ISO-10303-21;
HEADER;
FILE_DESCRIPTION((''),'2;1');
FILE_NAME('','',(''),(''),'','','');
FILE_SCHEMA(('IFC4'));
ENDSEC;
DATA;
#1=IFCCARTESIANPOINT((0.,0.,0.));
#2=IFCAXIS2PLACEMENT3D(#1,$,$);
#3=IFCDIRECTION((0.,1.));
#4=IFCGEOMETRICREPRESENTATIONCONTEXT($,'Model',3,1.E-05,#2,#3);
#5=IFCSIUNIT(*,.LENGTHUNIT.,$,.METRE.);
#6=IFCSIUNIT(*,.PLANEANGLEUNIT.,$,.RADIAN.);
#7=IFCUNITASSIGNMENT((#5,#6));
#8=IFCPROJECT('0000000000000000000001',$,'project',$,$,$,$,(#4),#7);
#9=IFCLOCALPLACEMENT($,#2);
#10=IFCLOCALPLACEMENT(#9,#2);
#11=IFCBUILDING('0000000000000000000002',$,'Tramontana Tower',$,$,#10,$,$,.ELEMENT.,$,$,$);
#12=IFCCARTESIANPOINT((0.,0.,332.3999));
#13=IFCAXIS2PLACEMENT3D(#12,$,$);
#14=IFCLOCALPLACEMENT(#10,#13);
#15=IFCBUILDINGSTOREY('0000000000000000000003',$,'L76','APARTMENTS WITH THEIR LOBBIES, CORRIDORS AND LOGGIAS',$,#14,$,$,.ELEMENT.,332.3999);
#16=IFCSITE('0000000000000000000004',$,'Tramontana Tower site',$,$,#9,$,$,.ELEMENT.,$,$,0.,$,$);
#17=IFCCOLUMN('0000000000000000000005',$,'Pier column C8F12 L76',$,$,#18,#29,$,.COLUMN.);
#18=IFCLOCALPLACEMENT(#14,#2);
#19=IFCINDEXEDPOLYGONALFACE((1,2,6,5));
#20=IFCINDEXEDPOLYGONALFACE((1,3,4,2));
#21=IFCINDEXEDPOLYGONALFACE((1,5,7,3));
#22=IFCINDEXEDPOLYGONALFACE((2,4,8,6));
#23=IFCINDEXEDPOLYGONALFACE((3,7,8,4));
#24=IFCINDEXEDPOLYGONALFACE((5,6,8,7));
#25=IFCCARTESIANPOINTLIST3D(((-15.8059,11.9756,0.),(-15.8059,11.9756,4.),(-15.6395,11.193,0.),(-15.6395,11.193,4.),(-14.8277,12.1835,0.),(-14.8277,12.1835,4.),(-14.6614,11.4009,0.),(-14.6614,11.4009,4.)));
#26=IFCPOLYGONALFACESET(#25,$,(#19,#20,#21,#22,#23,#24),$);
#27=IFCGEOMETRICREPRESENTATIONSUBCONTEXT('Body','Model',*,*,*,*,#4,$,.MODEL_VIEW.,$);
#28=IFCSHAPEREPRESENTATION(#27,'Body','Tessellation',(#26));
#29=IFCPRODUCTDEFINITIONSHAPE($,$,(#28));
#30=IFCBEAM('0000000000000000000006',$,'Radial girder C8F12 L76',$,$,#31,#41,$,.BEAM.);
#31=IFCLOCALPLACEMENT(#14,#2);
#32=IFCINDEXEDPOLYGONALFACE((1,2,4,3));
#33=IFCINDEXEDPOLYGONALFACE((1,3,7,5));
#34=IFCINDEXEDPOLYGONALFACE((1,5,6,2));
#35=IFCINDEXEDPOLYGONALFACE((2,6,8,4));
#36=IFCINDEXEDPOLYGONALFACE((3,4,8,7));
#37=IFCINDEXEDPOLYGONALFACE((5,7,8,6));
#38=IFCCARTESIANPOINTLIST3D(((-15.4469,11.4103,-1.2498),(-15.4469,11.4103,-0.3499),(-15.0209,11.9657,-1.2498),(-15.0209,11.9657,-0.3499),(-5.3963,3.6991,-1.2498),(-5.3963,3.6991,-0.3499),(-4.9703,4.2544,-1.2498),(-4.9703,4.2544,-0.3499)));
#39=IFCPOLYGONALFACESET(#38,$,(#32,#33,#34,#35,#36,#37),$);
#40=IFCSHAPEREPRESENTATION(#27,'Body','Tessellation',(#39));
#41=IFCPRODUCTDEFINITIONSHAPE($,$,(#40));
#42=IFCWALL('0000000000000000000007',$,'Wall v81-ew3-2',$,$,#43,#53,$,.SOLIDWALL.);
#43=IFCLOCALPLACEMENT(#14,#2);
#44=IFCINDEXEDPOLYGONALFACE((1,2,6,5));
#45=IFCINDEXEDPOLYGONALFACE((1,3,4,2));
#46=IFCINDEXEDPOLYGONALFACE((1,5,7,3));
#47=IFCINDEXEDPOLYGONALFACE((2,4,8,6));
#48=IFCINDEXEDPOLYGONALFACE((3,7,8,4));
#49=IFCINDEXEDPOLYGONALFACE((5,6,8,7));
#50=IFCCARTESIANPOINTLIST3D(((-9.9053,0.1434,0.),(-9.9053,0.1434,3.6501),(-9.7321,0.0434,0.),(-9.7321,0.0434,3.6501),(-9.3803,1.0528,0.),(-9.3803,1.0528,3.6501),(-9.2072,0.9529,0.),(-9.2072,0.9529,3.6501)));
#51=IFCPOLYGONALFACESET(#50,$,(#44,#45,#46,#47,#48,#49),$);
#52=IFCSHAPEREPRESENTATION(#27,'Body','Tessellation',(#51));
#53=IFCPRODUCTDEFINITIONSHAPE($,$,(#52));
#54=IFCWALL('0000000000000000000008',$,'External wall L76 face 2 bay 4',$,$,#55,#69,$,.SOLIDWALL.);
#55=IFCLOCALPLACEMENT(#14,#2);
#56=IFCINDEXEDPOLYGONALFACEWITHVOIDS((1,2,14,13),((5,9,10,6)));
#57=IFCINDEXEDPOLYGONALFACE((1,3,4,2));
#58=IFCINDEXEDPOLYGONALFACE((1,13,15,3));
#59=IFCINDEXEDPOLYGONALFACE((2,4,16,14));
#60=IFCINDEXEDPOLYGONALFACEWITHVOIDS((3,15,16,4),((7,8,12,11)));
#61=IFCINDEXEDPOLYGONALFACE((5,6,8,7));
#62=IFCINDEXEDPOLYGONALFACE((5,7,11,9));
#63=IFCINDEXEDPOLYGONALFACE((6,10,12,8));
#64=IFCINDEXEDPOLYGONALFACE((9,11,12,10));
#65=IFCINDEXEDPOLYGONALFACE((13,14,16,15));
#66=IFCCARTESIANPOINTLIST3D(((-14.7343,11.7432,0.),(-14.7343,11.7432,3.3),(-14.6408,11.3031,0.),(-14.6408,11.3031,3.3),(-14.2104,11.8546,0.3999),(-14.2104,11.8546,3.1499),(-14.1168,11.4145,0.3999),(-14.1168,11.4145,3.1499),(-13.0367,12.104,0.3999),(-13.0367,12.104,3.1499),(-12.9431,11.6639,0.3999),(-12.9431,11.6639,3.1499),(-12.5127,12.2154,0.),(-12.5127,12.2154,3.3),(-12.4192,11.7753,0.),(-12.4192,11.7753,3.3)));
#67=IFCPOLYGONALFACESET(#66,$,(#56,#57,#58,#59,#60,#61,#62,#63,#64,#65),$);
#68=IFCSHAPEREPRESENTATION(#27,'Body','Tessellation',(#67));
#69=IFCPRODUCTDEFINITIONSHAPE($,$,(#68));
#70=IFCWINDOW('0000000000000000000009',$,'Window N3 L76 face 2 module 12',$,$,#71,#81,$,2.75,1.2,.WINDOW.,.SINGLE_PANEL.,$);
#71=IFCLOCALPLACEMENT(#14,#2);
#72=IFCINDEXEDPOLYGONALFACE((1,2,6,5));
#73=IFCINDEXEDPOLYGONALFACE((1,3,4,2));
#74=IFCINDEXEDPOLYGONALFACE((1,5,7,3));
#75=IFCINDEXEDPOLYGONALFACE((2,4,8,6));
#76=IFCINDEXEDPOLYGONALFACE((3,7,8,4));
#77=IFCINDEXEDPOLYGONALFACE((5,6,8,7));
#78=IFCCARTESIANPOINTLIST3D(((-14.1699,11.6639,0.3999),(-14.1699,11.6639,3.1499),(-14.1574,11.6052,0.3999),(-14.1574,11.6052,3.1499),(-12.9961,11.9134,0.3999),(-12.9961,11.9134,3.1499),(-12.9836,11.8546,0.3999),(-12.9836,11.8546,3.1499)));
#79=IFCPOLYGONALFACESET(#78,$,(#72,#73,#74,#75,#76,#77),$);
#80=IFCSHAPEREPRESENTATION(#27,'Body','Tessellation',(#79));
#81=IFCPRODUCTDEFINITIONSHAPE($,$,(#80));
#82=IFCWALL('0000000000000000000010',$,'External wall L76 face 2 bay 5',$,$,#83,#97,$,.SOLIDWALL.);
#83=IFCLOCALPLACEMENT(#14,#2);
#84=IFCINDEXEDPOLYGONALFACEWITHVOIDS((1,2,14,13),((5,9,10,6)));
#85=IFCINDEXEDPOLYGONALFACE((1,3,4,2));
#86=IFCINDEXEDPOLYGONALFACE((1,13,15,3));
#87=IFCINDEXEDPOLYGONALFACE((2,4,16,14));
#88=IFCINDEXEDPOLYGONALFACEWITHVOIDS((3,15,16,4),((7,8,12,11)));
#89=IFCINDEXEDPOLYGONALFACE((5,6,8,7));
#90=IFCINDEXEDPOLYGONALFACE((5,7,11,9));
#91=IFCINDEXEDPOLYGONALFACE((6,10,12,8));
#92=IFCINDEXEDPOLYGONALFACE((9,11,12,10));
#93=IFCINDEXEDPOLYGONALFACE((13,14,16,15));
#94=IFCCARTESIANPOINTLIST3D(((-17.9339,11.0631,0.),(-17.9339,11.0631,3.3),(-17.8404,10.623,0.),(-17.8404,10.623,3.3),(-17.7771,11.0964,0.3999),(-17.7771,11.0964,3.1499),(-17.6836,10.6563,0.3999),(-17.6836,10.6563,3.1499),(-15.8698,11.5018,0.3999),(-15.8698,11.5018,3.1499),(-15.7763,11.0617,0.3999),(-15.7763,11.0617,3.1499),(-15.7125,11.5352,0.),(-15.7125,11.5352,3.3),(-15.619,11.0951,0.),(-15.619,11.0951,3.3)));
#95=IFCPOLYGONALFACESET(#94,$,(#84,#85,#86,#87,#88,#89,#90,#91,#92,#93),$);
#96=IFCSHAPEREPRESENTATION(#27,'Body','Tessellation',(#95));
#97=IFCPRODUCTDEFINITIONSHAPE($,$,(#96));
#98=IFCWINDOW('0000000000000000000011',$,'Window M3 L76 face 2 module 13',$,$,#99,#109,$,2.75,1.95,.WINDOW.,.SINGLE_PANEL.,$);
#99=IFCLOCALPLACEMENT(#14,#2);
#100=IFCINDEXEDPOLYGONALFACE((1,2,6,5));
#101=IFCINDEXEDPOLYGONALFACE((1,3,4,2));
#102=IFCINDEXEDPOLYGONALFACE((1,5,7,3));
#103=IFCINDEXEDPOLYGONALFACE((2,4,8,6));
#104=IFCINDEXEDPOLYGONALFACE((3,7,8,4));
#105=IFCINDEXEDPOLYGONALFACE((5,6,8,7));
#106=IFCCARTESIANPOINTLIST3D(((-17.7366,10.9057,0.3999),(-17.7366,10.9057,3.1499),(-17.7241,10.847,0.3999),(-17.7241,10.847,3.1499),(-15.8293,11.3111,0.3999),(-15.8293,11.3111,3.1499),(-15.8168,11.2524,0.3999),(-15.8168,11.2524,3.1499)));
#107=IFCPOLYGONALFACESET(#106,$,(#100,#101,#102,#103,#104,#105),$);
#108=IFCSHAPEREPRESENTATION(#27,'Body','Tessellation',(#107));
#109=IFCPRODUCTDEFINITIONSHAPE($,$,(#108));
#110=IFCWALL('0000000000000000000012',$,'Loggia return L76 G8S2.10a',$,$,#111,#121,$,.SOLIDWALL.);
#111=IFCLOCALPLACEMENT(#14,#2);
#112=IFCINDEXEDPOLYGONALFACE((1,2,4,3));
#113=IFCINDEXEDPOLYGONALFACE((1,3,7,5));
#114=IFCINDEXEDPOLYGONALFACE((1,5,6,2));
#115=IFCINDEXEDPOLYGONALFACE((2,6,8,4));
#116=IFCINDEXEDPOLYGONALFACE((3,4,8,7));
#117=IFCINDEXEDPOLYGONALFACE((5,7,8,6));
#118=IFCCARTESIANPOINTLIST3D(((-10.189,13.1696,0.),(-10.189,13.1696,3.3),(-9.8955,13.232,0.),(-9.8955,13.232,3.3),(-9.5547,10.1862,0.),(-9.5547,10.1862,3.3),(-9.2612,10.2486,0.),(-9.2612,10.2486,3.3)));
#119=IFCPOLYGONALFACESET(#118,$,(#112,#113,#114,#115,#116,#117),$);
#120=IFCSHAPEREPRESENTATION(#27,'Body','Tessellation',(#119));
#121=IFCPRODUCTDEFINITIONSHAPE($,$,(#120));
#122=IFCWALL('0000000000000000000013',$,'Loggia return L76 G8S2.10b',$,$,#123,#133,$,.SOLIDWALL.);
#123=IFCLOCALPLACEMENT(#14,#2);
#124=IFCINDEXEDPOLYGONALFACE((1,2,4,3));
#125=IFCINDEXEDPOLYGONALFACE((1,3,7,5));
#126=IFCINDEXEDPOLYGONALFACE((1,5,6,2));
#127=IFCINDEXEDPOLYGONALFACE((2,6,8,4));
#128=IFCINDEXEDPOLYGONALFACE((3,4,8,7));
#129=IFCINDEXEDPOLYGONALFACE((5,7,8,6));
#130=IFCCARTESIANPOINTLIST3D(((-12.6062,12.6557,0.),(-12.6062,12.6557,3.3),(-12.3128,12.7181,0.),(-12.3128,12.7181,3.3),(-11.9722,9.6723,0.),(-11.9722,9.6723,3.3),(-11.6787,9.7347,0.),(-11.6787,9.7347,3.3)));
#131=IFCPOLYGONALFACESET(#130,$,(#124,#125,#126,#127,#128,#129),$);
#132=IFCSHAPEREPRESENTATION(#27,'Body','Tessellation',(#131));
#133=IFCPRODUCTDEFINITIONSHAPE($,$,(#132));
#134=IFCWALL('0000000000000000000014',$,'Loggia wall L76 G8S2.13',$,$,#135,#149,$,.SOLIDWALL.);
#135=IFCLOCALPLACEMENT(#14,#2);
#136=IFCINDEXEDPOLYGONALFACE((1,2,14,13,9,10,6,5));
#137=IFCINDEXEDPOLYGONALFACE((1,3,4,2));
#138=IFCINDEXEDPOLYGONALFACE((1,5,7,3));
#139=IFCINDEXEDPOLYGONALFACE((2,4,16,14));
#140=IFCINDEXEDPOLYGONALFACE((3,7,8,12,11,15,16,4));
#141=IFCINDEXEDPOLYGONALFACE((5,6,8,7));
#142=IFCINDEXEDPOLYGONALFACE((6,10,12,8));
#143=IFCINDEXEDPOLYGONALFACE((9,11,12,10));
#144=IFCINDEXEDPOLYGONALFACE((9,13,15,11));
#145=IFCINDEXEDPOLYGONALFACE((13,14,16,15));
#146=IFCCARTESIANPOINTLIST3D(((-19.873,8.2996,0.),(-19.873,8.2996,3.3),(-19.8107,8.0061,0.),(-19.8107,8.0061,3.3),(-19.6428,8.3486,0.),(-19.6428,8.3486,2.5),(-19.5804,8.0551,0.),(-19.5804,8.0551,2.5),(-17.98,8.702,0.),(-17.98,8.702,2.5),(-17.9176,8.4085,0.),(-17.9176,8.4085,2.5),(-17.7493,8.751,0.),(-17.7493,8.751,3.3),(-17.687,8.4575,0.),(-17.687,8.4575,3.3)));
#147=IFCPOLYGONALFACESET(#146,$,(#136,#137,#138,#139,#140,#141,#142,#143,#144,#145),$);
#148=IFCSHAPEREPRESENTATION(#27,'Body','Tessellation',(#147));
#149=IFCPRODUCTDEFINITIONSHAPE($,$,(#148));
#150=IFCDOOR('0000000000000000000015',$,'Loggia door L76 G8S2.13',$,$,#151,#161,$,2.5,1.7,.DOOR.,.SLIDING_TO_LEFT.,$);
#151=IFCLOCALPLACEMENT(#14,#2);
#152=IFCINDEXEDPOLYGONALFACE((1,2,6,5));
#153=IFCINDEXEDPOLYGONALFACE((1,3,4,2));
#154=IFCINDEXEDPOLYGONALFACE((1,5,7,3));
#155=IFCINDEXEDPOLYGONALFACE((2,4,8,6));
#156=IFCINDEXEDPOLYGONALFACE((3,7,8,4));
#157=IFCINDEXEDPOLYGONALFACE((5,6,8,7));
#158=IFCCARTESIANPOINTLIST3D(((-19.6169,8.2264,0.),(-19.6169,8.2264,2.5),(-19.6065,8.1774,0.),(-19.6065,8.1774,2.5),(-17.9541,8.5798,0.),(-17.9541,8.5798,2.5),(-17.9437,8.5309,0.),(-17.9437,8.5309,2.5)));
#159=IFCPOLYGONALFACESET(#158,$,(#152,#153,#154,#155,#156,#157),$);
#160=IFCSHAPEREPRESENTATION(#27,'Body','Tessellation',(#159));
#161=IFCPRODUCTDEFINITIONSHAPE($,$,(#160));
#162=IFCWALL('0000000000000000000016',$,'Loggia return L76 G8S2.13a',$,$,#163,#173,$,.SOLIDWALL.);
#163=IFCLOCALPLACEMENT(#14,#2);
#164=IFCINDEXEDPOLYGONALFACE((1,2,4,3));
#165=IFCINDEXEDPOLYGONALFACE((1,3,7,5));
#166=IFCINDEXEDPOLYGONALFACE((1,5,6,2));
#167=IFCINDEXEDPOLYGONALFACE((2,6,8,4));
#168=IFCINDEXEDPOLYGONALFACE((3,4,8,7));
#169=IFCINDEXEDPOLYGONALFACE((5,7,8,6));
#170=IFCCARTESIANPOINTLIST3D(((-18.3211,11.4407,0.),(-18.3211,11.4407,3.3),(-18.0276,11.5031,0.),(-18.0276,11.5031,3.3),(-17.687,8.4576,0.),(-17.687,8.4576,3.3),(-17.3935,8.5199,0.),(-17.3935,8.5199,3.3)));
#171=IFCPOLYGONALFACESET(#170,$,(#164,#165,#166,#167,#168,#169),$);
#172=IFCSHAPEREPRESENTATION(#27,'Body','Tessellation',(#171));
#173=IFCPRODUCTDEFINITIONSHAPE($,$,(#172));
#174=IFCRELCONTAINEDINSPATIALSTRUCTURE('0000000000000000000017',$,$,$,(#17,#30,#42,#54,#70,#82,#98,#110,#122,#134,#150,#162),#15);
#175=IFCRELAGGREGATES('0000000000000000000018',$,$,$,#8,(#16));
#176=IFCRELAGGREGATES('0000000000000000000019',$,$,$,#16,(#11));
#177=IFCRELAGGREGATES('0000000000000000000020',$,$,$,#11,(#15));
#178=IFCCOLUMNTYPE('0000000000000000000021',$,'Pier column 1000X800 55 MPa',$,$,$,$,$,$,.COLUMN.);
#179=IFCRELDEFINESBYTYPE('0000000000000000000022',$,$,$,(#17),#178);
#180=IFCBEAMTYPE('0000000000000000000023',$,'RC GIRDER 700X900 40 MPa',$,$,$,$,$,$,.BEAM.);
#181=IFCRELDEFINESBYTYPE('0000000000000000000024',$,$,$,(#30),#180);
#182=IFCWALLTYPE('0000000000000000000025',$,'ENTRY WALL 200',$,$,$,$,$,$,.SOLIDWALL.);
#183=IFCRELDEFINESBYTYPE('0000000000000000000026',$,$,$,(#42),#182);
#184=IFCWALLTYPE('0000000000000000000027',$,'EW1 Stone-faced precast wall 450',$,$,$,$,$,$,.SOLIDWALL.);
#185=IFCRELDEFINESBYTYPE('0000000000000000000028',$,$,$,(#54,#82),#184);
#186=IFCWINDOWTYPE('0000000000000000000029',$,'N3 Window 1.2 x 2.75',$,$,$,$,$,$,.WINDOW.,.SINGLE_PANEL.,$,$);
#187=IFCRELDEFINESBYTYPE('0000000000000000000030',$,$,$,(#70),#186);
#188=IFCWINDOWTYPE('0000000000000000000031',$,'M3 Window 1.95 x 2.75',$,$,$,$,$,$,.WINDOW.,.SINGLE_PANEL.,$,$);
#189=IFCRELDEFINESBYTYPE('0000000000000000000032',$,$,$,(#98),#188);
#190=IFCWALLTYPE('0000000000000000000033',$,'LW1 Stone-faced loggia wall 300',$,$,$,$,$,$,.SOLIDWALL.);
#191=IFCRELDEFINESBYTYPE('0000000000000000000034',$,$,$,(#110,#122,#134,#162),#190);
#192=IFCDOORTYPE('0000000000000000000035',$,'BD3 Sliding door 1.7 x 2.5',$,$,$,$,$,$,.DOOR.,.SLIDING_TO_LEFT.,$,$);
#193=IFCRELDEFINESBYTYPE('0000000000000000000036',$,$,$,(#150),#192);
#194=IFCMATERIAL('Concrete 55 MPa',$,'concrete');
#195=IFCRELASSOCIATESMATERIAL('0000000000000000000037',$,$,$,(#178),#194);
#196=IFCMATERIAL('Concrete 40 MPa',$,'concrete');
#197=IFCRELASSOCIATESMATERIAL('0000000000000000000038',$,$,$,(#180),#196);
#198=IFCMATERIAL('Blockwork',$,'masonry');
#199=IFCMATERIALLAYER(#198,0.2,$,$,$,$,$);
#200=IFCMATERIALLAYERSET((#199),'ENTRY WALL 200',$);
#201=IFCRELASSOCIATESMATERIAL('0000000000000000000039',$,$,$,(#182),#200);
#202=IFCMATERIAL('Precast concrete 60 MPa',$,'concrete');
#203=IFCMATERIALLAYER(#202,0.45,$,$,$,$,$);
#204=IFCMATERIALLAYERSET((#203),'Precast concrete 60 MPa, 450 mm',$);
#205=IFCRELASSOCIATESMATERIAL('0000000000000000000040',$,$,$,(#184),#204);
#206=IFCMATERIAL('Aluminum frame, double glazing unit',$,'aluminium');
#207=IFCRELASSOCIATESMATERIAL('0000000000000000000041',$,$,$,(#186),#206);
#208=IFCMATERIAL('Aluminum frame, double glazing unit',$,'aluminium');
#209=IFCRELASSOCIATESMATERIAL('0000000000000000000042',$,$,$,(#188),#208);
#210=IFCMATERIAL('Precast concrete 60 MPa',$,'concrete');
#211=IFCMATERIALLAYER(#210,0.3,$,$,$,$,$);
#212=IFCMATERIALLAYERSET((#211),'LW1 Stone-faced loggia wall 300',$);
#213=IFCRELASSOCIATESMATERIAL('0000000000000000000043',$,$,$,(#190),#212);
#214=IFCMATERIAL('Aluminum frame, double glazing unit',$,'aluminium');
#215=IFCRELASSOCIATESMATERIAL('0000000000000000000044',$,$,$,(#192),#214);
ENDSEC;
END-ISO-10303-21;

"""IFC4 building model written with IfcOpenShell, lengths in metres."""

from ifc_helpers import new_model, si_unit, direction, frame, frame_2d, origin, origin_2d, place, context, subcontext, project, spatial, rectangle, extrude, material, layer, layer_set, material_profile, profile_set, type_object, element, fill, save


model = new_model("IFC4")

# Units and contexts
model_context = context("Model", 3, precision=1e-05, world=origin(), true_north=direction((0.0, 1.0)))
body_context = subcontext(model_context, "Body", "Model", "MODEL_VIEW")
ifc_project = project(units=[si_unit("LENGTHUNIT", "METRE"), si_unit("PLANEANGLEUNIT", "RADIAN")], contexts=[model_context])

# Site, building, storey
site_placement = place(None, origin())
site = spatial("IfcSite", under=ifc_project, at=site_placement, Name="Tramontana Tower site", CompositionType="ELEMENT", RefElevation=0.0)
building_placement = place(site_placement, origin())
building = spatial("IfcBuilding", under=site, at=building_placement, Name="Tramontana Tower", CompositionType="ELEMENT")
storey_placement = place(building_placement, frame((0.0, 0.0, 332.3999)))
storey = spatial("IfcBuildingStorey", under=building, at=storey_placement, Name="L76", Description="APARTMENTS WITH THEIR LOBBIES, CORRIDORS AND LOGGIAS", CompositionType="ELEMENT", Elevation=332.3999)

# Column
ifc_material_1 = material(Name="Concrete 55 MPa", Category="concrete")
ifc_material_profile_1 = material_profile(ifc_material_1, rectangle(XDim=1.0, YDim=0.8, at=origin_2d()), Name="Pier column 1000X800 55 MPa")
ifc_profile_set_1 = profile_set([ifc_material_profile_1], Name="Concrete 55 MPa")
column_type = type_object("IfcColumnType", Name="Pier column 1000X800 55 MPa", PredefinedType="COLUMN", material=ifc_profile_set_1)
column_placement = place(storey_placement, frame((-15.2336, 11.6882, 0.0), z_axis=(0.0, 0.0, 1.0), x_axis=(-0.978148, -0.207912, 0.0)))
element("IfcColumn", 1, at=column_placement, inside=storey, type_object=column_type, Name="Pier column C8F12 L76", PredefinedType="COLUMN", context=body_context, shape_type="SweptSolid", body=[
    extrude(rectangle(XDim=1.0, YDim=0.8, at=origin_2d()), origin(), (0.0, 0.0, 1.0), 4.0),
])

# Beam
ifc_material_2 = material(Name="Concrete 40 MPa", Category="concrete")
ifc_material_profile_2 = material_profile(ifc_material_2, rectangle(XDim=0.7, YDim=0.8999, at=origin_2d()), Name="RC GIRDER 700X900 40 MPa")
ifc_profile_set_2 = profile_set([ifc_material_profile_2], Name="Concrete 40 MPa")
beam_type = type_object("IfcBeamType", Name="RC GIRDER 700X900 40 MPa", PredefinedType="BEAM", material=ifc_profile_set_2)
beam_placement = place(storey_placement, frame((-15.2339, 11.688, -0.7998), z_axis=(0.793386, -0.608718, 0.0), x_axis=(0.608718, 0.793386, 0.0)))
element("IfcBeam", 2, at=beam_placement, inside=storey, type_object=beam_type, Name="Radial girder C8F12 L76", PredefinedType="BEAM", context=body_context, shape_type="SweptSolid", body=[
    extrude(rectangle(XDim=0.7, YDim=0.8999, at=origin_2d()), origin(), (0.0, 0.0, 1.0), 12.668),
])

# Wall
ifc_material_3 = material(Name="Blockwork", Category="masonry")
ifc_layer_1 = layer(ifc_material_3, 0.2)
ifc_layer_set_1 = layer_set([ifc_layer_1], Name="ENTRY WALL 200")
wall_type_1 = type_object("IfcWallType", Name="ENTRY WALL 200", PredefinedType="SOLIDWALL", material=ifc_layer_set_1)
wall_1_placement = place(storey_placement, frame((-9.8186, 0.0935, 0.0), z_axis=(0.0, 0.0, 1.0), x_axis=(0.49989, 0.866089, 0.0)))
element("IfcWall", 3, at=wall_1_placement, inside=storey, type_object=wall_type_1, Name="Wall v81-ew3-2", PredefinedType="SOLIDWALL", context=body_context, shape_type="SweptSolid", body=[
    extrude(rectangle(XDim=1.05, YDim=0.2, at=frame_2d((0.5249, 0.0))), origin(), (0.0, 0.0, 1.0), 3.6501),
])

# Walls, openings, windows
ifc_material_4 = material(Name="Precast concrete 60 MPa", Category="concrete")
ifc_layer_2 = layer(ifc_material_4, 0.45)
ifc_layer_set_2 = layer_set([ifc_layer_2], Name="Precast concrete 60 MPa, 450 mm")
wall_type_2 = type_object("IfcWallType", Name="EW1 Stone-faced precast wall 450", PredefinedType="SOLIDWALL", material=ifc_layer_set_2)
wall_2_placement = place(storey_placement, frame((-12.4658, 11.9954, 0.0), z_axis=(0.0, 0.0, 1.0), x_axis=(-0.978153, -0.207884, 0.0)))
wall_2 = element("IfcWall", 4, at=wall_2_placement, inside=storey, type_object=wall_type_2, Name="External wall L76 face 2 bay 4", PredefinedType="SOLIDWALL", context=body_context, shape_type="SweptSolid", body=[
    extrude(rectangle(XDim=2.2712, YDim=0.45, at=frame_2d((1.1357, 0.0))), origin(), (0.0, 0.0, 1.0), 3.3),
])
opening_1_placement = place(wall_2_placement, frame((0.5356, 0.0, 0.3999)))
opening_1 = element("IfcOpeningElement", 5, at=opening_1_placement, cuts=wall_2, PredefinedType="OPENING", context=body_context, shape_type="SweptSolid", body=[
    extrude(rectangle(XDim=1.2, YDim=2.75, at=frame_2d((0.6001, 1.375))), frame((0.0, 0.2349, 0.0), z_axis=(0.0, -1.0, 0.0), x_axis=(1.0, 0.0, 0.0)), (0.0, 0.0, 1.0), 0.47),
])
ifc_material_5 = material(Name="Aluminum frame, double glazing unit", Category="aluminium")
window_type_1 = type_object("IfcWindowType", Name="N3 Window 1.2 x 2.75", PartitioningType="SINGLE_PANEL", PredefinedType="WINDOW", material=ifc_material_5)
window_1_placement = place(opening_1_placement, origin())
window_1 = element("IfcWindow", 6, at=window_1_placement, inside=storey, type_object=window_type_1, Name="Window N3 L76 face 2 module 12", OverallHeight=2.75, OverallWidth=1.2, PartitioningType="SINGLE_PANEL", PredefinedType="WINDOW", context=body_context, shape_type="SweptSolid", body=[
    extrude(rectangle(XDim=1.2, YDim=2.75, at=frame_2d((0.6001, 1.375))), frame((0.0, 0.03, 0.0), z_axis=(0.0, -1.0, 0.0), x_axis=(1.0, 0.0, 0.0)), (0.0, 0.0, 1.0), 0.0601),
])
fill(opening_1, window_1)
wall_3_placement = place(storey_placement, frame((-15.6658, 11.3152, 0.0), z_axis=(0.0, 0.0, 1.0), x_axis=(-0.978149, -0.207906, 0.0)))
wall_3 = element("IfcWall", 7, at=wall_3_placement, inside=storey, type_object=wall_type_2, Name="External wall L76 face 2 bay 5", PredefinedType="SOLIDWALL", context=body_context, shape_type="SweptSolid", body=[
    extrude(rectangle(XDim=2.271, YDim=0.45, at=frame_2d((1.1355, 0.0))), origin(), (0.0, 0.0, 1.0), 3.3),
])
opening_2_placement = place(wall_3_placement, frame((0.1606, 0.0, 0.3999)))
opening_2 = element("IfcOpeningElement", 8, at=opening_2_placement, cuts=wall_3, PredefinedType="OPENING", context=body_context, shape_type="SweptSolid", body=[
    extrude(rectangle(XDim=1.95, YDim=2.75, at=frame_2d((0.9751, 1.375))), frame((0.0, 0.2349, 0.0), z_axis=(0.0, -1.0, 0.0), x_axis=(1.0, 0.0, 0.0)), (0.0, 0.0, 1.0), 0.47),
])
ifc_material_6 = material(Name="Aluminum frame, double glazing unit", Category="aluminium")
window_type_2 = type_object("IfcWindowType", Name="M3 Window 1.95 x 2.75", PartitioningType="SINGLE_PANEL", PredefinedType="WINDOW", material=ifc_material_6)
window_2_placement = place(opening_2_placement, origin())
window_2 = element("IfcWindow", 9, at=window_2_placement, inside=storey, type_object=window_type_2, Name="Window M3 L76 face 2 module 13", OverallHeight=2.75, OverallWidth=1.95, PartitioningType="SINGLE_PANEL", PredefinedType="WINDOW", context=body_context, shape_type="SweptSolid", body=[
    extrude(rectangle(XDim=1.95, YDim=2.75, at=frame_2d((0.9751, 1.375))), frame((0.0, 0.03, 0.0), z_axis=(0.0, -1.0, 0.0), x_axis=(1.0, 0.0, 0.0)), (0.0, 0.0, 1.0), 0.0601),
])
fill(opening_2, window_2)

# Walls
ifc_material_7 = material(Name="Precast concrete 60 MPa", Category="concrete")
ifc_layer_3 = layer(ifc_material_7, 0.3)
ifc_layer_set_3 = layer_set([ifc_layer_3], Name="LW1 Stone-faced loggia wall 300")
wall_type_3 = type_object("IfcWallType", Name="LW1 Stone-faced loggia wall 300", PredefinedType="SOLIDWALL", material=ifc_layer_set_3)
for number, where, z_axis, x_axis, name in (
    (10, (-10.0422, 13.2007, 0.0), (0.0, 0.0, 1.0), (0.207954, -0.978139, 0.0), "Loggia return L76 G8S2.10a"),
    (11, (-12.4595, 12.6868, 0.0), (0.0, 0.0, 1.0), (0.207878, -0.978155, 0.0), "Loggia return L76 G8S2.10b"),
):
    element("IfcWall", number, at=place(storey_placement, frame(where, z_axis=z_axis, x_axis=x_axis)), inside=storey, type_object=wall_type_3, Name=name, PredefinedType="SOLIDWALL", context=body_context, shape_type="SweptSolid", body=[
        extrude(rectangle(XDim=3.05, YDim=0.3, at=frame_2d((1.5249, 0.0))), origin(), (0.0, 0.0, 1.0), 3.3),
    ])

# Wall, opening, door
wall_4_placement = place(storey_placement, frame((-17.7183, 8.6042, 0.0), z_axis=(0.0, 0.0, 1.0), x_axis=(-0.978148, -0.207909, 0.0)))
wall_4 = element("IfcWall", 12, at=wall_4_placement, inside=storey, type_object=wall_type_3, Name="Loggia wall L76 G8S2.13", PredefinedType="SOLIDWALL", context=body_context, shape_type="SweptSolid", body=[
    extrude(rectangle(XDim=2.1711, YDim=0.3, at=frame_2d((1.0854, 0.0))), origin(), (0.0, 0.0, 1.0), 3.3),
])
opening_3_placement = place(wall_4_placement, frame((0.2356, 0.0, 0.0)))
opening_3 = element("IfcOpeningElement", 13, at=opening_3_placement, cuts=wall_4, PredefinedType="OPENING", context=body_context, shape_type="SweptSolid", body=[
    extrude(rectangle(XDim=1.7, YDim=2.5, at=frame_2d((0.8501, 1.25))), frame((0.0, 0.1599, 0.0), z_axis=(0.0, -1.0, 0.0), x_axis=(1.0, 0.0, 0.0)), (0.0, 0.0, 1.0), 0.3201),
])
ifc_material_8 = material(Name="Aluminum frame, double glazing unit", Category="aluminium")
door_type_1 = type_object("IfcDoorType", Name="BD3 Sliding door 1.7 x 2.5", OperationType="SLIDING_TO_LEFT", PredefinedType="DOOR", material=ifc_material_8)
door_1_placement = place(opening_3_placement, origin())
door_1 = element("IfcDoor", 14, at=door_1_placement, inside=storey, type_object=door_type_1, Name="Loggia door L76 G8S2.13", OperationType="SLIDING_TO_LEFT", OverallHeight=2.5, OverallWidth=1.7, PredefinedType="DOOR", context=body_context, shape_type="SweptSolid", body=[
    extrude(rectangle(XDim=1.7, YDim=2.5, at=frame_2d((0.8501, 1.25))), frame((0.0, 0.0249, 0.0), z_axis=(0.0, -1.0, 0.0), x_axis=(1.0, 0.0, 0.0)), (0.0, 0.0, 1.0), 0.05),
])
fill(opening_3, door_1)

# Wall
wall_5_placement = place(storey_placement, frame((-18.1743, 11.4719, 0.0), z_axis=(0.0, 0.0, 1.0), x_axis=(0.207894, -0.978151, 0.0)))
element("IfcWall", 15, at=wall_5_placement, inside=storey, type_object=wall_type_3, Name="Loggia return L76 G8S2.13a", PredefinedType="SOLIDWALL", context=body_context, shape_type="SweptSolid", body=[
    extrude(rectangle(XDim=3.0498, YDim=0.3, at=frame_2d((1.5249, 0.0))), origin(), (0.0, 0.0, 1.0), 3.3),
])

save(model, "model.ifc")
